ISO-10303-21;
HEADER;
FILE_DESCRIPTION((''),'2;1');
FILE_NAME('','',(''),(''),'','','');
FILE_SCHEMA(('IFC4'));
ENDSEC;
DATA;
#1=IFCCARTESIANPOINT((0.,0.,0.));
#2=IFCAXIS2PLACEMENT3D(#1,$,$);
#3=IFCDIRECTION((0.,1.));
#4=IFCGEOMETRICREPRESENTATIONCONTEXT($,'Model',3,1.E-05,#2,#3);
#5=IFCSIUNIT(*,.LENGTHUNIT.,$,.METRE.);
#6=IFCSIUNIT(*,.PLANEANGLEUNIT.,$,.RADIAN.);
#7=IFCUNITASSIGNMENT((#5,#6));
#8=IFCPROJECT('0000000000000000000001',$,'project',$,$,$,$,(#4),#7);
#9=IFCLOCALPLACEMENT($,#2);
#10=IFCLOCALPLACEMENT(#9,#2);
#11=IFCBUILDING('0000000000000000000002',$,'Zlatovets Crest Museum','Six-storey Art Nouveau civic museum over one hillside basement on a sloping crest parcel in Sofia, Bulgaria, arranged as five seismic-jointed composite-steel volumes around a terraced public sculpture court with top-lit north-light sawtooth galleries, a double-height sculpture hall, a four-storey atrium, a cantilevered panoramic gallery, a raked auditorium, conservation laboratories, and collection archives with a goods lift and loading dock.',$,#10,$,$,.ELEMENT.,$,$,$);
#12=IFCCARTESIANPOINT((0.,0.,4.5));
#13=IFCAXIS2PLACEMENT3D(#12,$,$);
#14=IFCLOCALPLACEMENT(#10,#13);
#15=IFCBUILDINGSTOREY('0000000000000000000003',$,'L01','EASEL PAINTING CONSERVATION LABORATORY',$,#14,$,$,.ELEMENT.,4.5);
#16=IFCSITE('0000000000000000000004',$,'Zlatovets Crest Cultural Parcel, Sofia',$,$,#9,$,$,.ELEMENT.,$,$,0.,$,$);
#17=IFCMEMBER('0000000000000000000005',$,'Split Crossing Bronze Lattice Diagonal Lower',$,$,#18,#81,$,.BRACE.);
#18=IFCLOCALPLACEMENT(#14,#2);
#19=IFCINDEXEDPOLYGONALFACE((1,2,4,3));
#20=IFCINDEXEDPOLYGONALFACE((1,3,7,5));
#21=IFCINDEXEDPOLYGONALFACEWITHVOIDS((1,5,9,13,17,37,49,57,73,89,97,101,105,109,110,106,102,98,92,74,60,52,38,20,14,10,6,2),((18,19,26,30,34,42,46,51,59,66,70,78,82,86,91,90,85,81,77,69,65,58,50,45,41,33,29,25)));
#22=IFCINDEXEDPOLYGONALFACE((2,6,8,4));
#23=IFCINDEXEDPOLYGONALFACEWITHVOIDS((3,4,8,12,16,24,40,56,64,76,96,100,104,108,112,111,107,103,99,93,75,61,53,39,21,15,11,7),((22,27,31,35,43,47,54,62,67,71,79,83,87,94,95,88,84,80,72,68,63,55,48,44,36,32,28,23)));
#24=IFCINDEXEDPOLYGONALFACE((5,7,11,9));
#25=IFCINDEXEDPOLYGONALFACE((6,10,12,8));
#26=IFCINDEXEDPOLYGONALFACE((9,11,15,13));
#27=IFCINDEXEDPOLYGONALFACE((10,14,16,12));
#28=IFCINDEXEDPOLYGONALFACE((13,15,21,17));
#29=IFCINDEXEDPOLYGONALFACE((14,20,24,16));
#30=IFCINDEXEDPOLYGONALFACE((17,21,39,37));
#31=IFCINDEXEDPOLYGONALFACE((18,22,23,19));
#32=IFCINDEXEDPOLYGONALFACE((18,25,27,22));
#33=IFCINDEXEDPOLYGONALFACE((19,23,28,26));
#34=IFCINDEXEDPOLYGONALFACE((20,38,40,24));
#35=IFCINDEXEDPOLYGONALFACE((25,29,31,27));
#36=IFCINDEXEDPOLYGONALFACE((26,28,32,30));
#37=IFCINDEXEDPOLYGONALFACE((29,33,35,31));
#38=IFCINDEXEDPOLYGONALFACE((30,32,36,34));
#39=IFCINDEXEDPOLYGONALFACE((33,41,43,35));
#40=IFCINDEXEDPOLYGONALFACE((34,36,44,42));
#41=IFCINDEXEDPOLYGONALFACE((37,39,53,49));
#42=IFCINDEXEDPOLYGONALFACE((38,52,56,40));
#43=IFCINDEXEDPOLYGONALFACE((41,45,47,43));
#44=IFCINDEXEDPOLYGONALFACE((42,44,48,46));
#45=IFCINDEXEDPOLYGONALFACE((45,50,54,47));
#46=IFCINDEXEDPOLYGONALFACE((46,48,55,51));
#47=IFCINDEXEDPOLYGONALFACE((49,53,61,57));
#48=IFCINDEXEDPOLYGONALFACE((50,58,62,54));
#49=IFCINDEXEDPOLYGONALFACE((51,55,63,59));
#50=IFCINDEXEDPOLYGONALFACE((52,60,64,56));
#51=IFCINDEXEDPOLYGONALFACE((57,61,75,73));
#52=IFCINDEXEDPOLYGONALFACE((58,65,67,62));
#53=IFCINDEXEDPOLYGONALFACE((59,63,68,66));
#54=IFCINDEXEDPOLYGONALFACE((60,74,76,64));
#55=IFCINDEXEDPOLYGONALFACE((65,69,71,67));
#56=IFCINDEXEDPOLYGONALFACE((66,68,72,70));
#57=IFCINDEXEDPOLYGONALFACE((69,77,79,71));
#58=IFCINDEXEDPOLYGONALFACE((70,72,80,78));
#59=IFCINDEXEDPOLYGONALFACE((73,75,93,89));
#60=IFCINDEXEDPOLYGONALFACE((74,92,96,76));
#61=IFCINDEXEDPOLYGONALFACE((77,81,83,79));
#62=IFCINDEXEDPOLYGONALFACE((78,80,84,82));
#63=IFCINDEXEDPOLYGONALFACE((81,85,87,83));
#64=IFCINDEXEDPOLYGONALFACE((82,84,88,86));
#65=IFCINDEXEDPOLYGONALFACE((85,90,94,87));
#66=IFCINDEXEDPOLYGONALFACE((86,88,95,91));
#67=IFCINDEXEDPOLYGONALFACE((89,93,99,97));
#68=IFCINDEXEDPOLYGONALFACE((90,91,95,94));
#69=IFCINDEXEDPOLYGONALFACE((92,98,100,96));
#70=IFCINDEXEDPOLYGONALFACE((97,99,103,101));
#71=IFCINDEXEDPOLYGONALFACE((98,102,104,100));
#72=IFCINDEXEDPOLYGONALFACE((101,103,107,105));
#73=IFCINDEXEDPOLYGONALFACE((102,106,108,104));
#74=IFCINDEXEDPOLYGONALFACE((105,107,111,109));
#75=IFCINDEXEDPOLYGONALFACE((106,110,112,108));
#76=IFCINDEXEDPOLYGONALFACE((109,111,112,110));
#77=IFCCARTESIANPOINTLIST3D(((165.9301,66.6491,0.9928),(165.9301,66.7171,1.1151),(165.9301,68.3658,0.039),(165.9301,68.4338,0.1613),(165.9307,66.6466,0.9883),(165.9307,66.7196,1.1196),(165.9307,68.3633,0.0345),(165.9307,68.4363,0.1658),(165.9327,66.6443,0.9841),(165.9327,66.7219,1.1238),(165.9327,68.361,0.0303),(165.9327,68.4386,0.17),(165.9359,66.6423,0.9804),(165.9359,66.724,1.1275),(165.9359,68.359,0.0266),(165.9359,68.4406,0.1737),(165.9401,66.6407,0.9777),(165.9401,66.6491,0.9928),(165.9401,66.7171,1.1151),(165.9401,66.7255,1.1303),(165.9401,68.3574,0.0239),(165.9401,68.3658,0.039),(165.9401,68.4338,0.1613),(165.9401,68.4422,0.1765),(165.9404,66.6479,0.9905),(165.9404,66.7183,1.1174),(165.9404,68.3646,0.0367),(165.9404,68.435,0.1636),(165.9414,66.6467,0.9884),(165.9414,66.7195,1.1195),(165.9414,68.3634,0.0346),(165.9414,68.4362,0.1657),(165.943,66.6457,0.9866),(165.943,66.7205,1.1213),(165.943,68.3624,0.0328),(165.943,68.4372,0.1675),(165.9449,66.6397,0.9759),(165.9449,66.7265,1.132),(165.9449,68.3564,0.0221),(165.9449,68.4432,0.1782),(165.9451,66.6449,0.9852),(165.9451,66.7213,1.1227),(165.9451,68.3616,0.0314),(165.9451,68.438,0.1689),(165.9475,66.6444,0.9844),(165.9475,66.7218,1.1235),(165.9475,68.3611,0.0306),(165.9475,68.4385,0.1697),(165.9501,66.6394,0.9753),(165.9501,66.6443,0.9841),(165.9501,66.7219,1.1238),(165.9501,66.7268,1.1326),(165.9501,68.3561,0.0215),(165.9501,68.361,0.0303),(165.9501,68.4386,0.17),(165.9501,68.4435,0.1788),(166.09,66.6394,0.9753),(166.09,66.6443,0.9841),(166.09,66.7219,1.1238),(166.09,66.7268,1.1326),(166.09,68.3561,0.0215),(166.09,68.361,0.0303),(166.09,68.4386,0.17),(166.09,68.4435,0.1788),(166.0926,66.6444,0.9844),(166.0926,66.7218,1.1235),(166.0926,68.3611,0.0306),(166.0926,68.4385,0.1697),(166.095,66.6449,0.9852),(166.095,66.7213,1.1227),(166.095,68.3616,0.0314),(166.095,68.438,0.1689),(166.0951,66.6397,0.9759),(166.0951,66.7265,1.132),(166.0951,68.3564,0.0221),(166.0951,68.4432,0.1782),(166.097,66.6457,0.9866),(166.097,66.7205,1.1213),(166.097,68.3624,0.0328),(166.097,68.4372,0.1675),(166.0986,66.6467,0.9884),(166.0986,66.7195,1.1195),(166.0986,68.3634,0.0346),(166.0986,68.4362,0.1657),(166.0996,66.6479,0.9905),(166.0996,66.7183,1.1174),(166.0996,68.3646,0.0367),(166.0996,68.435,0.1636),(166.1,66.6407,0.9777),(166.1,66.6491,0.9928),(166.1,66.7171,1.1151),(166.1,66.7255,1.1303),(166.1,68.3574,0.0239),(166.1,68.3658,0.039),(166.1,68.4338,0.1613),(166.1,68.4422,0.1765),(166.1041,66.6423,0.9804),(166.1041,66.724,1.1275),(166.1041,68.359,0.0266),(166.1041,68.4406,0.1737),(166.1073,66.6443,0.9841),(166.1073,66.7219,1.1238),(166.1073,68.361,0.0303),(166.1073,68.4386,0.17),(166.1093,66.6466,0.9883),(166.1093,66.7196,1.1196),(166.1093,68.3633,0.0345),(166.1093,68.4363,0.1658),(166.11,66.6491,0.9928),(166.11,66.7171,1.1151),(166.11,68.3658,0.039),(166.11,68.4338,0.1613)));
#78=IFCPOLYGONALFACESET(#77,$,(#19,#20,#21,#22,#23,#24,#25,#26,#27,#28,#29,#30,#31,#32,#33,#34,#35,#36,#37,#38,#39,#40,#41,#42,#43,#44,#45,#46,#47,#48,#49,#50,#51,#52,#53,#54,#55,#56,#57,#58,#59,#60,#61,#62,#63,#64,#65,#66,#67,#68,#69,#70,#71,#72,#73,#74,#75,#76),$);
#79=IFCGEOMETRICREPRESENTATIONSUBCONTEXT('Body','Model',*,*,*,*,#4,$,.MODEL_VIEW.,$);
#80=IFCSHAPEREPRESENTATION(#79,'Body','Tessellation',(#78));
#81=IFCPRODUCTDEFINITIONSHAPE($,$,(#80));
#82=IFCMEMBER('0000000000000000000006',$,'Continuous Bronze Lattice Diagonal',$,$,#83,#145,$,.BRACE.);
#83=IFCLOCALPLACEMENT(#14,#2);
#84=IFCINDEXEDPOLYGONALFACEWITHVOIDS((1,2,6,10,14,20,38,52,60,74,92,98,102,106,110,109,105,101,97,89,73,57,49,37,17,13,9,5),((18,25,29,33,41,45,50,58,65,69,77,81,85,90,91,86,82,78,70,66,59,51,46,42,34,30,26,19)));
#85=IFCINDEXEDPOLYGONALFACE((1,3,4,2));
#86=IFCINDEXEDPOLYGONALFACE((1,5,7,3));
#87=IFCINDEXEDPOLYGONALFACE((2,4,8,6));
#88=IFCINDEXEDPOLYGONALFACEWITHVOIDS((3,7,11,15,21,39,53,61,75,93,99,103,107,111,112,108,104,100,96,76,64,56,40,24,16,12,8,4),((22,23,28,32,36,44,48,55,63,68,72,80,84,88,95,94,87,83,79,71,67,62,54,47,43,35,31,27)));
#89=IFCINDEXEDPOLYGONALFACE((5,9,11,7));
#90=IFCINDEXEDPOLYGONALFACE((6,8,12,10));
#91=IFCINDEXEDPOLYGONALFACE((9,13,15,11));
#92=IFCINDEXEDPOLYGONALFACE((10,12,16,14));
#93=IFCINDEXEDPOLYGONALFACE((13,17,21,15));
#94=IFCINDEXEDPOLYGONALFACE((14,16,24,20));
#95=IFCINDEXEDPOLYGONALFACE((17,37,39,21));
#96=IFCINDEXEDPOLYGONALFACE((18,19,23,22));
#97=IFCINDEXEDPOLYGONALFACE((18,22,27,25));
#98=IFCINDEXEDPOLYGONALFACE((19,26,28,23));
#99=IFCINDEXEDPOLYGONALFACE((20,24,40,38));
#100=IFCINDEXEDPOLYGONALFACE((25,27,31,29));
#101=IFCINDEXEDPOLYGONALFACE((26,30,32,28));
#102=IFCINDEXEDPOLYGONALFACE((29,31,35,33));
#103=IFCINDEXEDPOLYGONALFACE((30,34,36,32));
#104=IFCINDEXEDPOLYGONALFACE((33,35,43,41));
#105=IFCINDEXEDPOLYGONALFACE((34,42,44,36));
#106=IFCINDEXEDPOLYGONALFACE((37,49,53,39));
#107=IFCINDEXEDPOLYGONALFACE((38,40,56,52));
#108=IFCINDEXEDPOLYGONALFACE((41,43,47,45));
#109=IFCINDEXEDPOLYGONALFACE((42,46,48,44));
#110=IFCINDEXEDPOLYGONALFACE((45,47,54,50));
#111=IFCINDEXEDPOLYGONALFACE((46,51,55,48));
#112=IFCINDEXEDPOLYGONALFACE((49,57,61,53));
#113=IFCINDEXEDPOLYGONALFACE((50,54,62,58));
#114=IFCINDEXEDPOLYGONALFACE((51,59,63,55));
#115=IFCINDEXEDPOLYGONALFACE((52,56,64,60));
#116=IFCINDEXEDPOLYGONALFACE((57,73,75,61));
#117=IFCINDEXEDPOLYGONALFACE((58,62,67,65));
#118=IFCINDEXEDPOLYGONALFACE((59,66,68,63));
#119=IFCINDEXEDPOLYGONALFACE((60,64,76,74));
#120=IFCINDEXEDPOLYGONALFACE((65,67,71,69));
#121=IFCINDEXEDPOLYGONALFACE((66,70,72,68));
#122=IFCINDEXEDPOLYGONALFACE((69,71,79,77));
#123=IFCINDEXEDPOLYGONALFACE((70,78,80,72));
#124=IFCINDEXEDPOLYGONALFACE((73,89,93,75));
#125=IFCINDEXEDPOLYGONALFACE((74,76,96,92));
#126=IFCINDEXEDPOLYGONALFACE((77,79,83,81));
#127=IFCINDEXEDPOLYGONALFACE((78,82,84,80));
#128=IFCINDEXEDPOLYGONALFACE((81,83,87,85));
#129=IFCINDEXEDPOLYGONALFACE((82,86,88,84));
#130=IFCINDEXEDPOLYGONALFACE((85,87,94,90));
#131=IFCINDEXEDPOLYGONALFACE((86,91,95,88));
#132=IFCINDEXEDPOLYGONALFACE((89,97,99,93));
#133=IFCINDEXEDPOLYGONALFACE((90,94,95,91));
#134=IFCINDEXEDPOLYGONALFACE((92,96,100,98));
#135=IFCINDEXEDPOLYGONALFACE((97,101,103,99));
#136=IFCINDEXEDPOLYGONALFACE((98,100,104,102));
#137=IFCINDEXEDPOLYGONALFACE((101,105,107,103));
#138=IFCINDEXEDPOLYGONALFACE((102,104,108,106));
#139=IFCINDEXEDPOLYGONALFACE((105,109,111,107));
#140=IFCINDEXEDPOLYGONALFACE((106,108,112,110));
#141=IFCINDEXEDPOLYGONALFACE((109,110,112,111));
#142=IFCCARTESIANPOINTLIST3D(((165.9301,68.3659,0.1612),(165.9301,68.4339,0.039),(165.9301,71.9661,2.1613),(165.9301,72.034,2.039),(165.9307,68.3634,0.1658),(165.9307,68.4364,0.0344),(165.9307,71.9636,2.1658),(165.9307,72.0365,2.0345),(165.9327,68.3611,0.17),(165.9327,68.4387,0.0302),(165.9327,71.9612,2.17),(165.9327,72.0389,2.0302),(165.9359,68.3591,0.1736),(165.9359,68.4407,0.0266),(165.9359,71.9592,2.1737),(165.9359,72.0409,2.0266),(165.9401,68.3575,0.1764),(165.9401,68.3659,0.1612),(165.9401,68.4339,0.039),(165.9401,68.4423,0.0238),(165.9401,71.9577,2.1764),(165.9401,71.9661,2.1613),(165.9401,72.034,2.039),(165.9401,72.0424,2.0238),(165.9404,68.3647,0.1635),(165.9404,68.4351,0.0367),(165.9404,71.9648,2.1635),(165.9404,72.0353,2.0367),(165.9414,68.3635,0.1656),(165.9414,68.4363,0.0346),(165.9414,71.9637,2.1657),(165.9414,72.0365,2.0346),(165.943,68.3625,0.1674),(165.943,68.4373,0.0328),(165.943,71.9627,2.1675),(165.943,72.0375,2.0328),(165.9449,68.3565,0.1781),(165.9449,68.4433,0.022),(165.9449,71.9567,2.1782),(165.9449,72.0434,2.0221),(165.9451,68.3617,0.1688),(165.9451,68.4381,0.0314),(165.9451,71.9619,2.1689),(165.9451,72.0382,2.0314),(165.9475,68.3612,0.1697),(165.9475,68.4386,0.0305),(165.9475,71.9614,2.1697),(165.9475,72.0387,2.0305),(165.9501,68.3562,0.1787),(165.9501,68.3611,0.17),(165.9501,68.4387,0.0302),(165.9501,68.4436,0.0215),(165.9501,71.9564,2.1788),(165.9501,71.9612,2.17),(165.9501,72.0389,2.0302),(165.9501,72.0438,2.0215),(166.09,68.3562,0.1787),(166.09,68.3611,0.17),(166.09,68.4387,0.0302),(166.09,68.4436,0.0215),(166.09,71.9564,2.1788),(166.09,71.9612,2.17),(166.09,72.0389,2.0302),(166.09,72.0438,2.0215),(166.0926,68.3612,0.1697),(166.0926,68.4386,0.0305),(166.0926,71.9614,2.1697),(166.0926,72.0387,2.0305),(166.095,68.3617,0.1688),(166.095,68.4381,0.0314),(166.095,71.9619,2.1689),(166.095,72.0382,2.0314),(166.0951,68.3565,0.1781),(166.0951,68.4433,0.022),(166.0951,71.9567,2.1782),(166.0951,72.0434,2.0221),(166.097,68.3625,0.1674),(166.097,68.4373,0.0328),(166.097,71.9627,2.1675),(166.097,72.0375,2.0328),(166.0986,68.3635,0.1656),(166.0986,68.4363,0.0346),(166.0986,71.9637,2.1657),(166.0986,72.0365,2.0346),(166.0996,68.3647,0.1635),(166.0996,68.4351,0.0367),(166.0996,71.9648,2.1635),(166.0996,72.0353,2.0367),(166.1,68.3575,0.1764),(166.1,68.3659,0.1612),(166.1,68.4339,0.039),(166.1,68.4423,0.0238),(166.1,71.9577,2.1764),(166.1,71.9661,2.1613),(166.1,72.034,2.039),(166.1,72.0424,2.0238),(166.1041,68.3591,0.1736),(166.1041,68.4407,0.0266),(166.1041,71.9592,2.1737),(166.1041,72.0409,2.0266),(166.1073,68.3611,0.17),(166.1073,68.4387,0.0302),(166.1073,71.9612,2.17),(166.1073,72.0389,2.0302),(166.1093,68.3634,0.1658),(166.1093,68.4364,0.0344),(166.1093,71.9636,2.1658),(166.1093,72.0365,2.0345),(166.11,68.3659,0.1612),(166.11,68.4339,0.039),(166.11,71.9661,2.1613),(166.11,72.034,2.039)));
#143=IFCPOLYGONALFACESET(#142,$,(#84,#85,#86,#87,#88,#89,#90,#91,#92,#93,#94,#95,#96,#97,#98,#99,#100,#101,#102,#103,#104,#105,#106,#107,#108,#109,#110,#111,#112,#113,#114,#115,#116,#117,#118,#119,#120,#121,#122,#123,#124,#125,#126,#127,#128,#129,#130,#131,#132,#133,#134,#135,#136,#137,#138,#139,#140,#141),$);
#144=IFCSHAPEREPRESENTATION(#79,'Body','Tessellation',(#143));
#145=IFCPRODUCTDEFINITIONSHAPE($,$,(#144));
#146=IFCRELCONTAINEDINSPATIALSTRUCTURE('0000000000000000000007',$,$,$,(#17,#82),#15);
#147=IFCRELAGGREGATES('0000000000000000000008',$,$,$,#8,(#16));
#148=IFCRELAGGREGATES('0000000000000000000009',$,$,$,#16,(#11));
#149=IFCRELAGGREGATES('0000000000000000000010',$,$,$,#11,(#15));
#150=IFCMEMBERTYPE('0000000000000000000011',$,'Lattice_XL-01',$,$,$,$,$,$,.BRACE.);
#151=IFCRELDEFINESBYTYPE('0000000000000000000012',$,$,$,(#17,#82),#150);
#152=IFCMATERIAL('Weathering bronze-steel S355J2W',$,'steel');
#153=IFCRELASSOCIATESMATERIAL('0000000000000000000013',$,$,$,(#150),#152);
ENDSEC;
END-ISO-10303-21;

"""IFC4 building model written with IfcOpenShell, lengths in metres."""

from ifc_helpers import new_model, si_unit, direction, frame, origin, origin_2d, place, context, subcontext, project, spatial, hollow_rectangle, extrude, material, material_profile, profile_set, type_object, element, save


model = new_model("IFC4")

# Units and contexts
model_context = context("Model", 3, precision=1e-05, world=origin(), true_north=direction((0.0, 1.0)))
body_context = subcontext(model_context, "Body", "Model", "MODEL_VIEW")
ifc_project = project(units=[si_unit("LENGTHUNIT", "METRE"), si_unit("PLANEANGLEUNIT", "RADIAN")], contexts=[model_context])

# Site, building, storey
site_placement = place(None, origin())
site = spatial("IfcSite", under=ifc_project, at=site_placement, Name="Zlatovets Crest Cultural Parcel, Sofia", CompositionType="ELEMENT", RefElevation=0.0)
building_placement = place(site_placement, origin())
building = spatial("IfcBuilding", under=site, at=building_placement, Name="Zlatovets Crest Museum", Description="Six-storey Art Nouveau civic museum over one hillside basement on a sloping crest parcel in Sofia, Bulgaria, arranged as five seismic-jointed composite-steel volumes around a terraced public sculpture court with top-lit north-light sawtooth galleries, a double-height sculpture hall, a four-storey atrium, a cantilevered panoramic gallery, a raked auditorium, conservation laboratories, and collection archives with a goods lift and loading dock.", CompositionType="ELEMENT")
storey_placement = place(building_placement, frame((0.0, 0.0, 4.5)))
storey = spatial("IfcBuildingStorey", under=building, at=storey_placement, Name="L01", Description="EASEL PAINTING CONSERVATION LABORATORY", CompositionType="ELEMENT", Elevation=4.5)

# Members
ifc_material_1 = material(Name="Weathering bronze-steel S355J2W", Category="steel")
ifc_material_profile_1 = material_profile(ifc_material_1, hollow_rectangle(XDim=0.1799, YDim=0.1799, WallThickness=0.01, InnerFilletRadius=0.01, OuterFilletRadius=0.02, at=origin_2d()), Name="SHS 180x180x10.0")
ifc_profile_set_1 = profile_set([ifc_material_profile_1], Name="Weathering bronze-steel S355J2W")
member_type_1 = type_object("IfcMemberType", Name="Lattice_XL-01", PredefinedType="BRACE", material=ifc_profile_set_1)
member_1_placement = place(storey_placement, frame((166.02, 66.6831, 1.054), z_axis=(0.0, 0.87414, -0.485675), x_axis=(-1.0, 0.0, 0.0)))
element("IfcMember", 1, at=member_1_placement, inside=storey, type_object=member_type_1, Name="Split Crossing Bronze Lattice Diagonal Lower", PredefinedType="BRACE", context=body_context, shape_type="SweptSolid", body=[
    extrude(hollow_rectangle(XDim=0.1799, YDim=0.1799, WallThickness=0.01, InnerFilletRadius=0.01, OuterFilletRadius=0.02, at=origin_2d()), origin(), (0.0, 0.0, 1.0), 1.9639),
])
member_2_placement = place(storey_placement, frame((166.02, 68.3999, 0.1001), z_axis=(0.0, 0.874163, 0.485633), x_axis=(-1.0, 0.0, 0.0)))
element("IfcMember", 2, at=member_2_placement, inside=storey, type_object=member_type_1, Name="Continuous Bronze Lattice Diagonal", PredefinedType="BRACE", context=body_context, shape_type="SweptSolid", body=[
    extrude(hollow_rectangle(XDim=0.1799, YDim=0.1799, WallThickness=0.01, InnerFilletRadius=0.01, OuterFilletRadius=0.02, at=origin_2d()), origin(), (0.0, 0.0, 1.0), 4.1184),
])

save(model, "model.ifc")
